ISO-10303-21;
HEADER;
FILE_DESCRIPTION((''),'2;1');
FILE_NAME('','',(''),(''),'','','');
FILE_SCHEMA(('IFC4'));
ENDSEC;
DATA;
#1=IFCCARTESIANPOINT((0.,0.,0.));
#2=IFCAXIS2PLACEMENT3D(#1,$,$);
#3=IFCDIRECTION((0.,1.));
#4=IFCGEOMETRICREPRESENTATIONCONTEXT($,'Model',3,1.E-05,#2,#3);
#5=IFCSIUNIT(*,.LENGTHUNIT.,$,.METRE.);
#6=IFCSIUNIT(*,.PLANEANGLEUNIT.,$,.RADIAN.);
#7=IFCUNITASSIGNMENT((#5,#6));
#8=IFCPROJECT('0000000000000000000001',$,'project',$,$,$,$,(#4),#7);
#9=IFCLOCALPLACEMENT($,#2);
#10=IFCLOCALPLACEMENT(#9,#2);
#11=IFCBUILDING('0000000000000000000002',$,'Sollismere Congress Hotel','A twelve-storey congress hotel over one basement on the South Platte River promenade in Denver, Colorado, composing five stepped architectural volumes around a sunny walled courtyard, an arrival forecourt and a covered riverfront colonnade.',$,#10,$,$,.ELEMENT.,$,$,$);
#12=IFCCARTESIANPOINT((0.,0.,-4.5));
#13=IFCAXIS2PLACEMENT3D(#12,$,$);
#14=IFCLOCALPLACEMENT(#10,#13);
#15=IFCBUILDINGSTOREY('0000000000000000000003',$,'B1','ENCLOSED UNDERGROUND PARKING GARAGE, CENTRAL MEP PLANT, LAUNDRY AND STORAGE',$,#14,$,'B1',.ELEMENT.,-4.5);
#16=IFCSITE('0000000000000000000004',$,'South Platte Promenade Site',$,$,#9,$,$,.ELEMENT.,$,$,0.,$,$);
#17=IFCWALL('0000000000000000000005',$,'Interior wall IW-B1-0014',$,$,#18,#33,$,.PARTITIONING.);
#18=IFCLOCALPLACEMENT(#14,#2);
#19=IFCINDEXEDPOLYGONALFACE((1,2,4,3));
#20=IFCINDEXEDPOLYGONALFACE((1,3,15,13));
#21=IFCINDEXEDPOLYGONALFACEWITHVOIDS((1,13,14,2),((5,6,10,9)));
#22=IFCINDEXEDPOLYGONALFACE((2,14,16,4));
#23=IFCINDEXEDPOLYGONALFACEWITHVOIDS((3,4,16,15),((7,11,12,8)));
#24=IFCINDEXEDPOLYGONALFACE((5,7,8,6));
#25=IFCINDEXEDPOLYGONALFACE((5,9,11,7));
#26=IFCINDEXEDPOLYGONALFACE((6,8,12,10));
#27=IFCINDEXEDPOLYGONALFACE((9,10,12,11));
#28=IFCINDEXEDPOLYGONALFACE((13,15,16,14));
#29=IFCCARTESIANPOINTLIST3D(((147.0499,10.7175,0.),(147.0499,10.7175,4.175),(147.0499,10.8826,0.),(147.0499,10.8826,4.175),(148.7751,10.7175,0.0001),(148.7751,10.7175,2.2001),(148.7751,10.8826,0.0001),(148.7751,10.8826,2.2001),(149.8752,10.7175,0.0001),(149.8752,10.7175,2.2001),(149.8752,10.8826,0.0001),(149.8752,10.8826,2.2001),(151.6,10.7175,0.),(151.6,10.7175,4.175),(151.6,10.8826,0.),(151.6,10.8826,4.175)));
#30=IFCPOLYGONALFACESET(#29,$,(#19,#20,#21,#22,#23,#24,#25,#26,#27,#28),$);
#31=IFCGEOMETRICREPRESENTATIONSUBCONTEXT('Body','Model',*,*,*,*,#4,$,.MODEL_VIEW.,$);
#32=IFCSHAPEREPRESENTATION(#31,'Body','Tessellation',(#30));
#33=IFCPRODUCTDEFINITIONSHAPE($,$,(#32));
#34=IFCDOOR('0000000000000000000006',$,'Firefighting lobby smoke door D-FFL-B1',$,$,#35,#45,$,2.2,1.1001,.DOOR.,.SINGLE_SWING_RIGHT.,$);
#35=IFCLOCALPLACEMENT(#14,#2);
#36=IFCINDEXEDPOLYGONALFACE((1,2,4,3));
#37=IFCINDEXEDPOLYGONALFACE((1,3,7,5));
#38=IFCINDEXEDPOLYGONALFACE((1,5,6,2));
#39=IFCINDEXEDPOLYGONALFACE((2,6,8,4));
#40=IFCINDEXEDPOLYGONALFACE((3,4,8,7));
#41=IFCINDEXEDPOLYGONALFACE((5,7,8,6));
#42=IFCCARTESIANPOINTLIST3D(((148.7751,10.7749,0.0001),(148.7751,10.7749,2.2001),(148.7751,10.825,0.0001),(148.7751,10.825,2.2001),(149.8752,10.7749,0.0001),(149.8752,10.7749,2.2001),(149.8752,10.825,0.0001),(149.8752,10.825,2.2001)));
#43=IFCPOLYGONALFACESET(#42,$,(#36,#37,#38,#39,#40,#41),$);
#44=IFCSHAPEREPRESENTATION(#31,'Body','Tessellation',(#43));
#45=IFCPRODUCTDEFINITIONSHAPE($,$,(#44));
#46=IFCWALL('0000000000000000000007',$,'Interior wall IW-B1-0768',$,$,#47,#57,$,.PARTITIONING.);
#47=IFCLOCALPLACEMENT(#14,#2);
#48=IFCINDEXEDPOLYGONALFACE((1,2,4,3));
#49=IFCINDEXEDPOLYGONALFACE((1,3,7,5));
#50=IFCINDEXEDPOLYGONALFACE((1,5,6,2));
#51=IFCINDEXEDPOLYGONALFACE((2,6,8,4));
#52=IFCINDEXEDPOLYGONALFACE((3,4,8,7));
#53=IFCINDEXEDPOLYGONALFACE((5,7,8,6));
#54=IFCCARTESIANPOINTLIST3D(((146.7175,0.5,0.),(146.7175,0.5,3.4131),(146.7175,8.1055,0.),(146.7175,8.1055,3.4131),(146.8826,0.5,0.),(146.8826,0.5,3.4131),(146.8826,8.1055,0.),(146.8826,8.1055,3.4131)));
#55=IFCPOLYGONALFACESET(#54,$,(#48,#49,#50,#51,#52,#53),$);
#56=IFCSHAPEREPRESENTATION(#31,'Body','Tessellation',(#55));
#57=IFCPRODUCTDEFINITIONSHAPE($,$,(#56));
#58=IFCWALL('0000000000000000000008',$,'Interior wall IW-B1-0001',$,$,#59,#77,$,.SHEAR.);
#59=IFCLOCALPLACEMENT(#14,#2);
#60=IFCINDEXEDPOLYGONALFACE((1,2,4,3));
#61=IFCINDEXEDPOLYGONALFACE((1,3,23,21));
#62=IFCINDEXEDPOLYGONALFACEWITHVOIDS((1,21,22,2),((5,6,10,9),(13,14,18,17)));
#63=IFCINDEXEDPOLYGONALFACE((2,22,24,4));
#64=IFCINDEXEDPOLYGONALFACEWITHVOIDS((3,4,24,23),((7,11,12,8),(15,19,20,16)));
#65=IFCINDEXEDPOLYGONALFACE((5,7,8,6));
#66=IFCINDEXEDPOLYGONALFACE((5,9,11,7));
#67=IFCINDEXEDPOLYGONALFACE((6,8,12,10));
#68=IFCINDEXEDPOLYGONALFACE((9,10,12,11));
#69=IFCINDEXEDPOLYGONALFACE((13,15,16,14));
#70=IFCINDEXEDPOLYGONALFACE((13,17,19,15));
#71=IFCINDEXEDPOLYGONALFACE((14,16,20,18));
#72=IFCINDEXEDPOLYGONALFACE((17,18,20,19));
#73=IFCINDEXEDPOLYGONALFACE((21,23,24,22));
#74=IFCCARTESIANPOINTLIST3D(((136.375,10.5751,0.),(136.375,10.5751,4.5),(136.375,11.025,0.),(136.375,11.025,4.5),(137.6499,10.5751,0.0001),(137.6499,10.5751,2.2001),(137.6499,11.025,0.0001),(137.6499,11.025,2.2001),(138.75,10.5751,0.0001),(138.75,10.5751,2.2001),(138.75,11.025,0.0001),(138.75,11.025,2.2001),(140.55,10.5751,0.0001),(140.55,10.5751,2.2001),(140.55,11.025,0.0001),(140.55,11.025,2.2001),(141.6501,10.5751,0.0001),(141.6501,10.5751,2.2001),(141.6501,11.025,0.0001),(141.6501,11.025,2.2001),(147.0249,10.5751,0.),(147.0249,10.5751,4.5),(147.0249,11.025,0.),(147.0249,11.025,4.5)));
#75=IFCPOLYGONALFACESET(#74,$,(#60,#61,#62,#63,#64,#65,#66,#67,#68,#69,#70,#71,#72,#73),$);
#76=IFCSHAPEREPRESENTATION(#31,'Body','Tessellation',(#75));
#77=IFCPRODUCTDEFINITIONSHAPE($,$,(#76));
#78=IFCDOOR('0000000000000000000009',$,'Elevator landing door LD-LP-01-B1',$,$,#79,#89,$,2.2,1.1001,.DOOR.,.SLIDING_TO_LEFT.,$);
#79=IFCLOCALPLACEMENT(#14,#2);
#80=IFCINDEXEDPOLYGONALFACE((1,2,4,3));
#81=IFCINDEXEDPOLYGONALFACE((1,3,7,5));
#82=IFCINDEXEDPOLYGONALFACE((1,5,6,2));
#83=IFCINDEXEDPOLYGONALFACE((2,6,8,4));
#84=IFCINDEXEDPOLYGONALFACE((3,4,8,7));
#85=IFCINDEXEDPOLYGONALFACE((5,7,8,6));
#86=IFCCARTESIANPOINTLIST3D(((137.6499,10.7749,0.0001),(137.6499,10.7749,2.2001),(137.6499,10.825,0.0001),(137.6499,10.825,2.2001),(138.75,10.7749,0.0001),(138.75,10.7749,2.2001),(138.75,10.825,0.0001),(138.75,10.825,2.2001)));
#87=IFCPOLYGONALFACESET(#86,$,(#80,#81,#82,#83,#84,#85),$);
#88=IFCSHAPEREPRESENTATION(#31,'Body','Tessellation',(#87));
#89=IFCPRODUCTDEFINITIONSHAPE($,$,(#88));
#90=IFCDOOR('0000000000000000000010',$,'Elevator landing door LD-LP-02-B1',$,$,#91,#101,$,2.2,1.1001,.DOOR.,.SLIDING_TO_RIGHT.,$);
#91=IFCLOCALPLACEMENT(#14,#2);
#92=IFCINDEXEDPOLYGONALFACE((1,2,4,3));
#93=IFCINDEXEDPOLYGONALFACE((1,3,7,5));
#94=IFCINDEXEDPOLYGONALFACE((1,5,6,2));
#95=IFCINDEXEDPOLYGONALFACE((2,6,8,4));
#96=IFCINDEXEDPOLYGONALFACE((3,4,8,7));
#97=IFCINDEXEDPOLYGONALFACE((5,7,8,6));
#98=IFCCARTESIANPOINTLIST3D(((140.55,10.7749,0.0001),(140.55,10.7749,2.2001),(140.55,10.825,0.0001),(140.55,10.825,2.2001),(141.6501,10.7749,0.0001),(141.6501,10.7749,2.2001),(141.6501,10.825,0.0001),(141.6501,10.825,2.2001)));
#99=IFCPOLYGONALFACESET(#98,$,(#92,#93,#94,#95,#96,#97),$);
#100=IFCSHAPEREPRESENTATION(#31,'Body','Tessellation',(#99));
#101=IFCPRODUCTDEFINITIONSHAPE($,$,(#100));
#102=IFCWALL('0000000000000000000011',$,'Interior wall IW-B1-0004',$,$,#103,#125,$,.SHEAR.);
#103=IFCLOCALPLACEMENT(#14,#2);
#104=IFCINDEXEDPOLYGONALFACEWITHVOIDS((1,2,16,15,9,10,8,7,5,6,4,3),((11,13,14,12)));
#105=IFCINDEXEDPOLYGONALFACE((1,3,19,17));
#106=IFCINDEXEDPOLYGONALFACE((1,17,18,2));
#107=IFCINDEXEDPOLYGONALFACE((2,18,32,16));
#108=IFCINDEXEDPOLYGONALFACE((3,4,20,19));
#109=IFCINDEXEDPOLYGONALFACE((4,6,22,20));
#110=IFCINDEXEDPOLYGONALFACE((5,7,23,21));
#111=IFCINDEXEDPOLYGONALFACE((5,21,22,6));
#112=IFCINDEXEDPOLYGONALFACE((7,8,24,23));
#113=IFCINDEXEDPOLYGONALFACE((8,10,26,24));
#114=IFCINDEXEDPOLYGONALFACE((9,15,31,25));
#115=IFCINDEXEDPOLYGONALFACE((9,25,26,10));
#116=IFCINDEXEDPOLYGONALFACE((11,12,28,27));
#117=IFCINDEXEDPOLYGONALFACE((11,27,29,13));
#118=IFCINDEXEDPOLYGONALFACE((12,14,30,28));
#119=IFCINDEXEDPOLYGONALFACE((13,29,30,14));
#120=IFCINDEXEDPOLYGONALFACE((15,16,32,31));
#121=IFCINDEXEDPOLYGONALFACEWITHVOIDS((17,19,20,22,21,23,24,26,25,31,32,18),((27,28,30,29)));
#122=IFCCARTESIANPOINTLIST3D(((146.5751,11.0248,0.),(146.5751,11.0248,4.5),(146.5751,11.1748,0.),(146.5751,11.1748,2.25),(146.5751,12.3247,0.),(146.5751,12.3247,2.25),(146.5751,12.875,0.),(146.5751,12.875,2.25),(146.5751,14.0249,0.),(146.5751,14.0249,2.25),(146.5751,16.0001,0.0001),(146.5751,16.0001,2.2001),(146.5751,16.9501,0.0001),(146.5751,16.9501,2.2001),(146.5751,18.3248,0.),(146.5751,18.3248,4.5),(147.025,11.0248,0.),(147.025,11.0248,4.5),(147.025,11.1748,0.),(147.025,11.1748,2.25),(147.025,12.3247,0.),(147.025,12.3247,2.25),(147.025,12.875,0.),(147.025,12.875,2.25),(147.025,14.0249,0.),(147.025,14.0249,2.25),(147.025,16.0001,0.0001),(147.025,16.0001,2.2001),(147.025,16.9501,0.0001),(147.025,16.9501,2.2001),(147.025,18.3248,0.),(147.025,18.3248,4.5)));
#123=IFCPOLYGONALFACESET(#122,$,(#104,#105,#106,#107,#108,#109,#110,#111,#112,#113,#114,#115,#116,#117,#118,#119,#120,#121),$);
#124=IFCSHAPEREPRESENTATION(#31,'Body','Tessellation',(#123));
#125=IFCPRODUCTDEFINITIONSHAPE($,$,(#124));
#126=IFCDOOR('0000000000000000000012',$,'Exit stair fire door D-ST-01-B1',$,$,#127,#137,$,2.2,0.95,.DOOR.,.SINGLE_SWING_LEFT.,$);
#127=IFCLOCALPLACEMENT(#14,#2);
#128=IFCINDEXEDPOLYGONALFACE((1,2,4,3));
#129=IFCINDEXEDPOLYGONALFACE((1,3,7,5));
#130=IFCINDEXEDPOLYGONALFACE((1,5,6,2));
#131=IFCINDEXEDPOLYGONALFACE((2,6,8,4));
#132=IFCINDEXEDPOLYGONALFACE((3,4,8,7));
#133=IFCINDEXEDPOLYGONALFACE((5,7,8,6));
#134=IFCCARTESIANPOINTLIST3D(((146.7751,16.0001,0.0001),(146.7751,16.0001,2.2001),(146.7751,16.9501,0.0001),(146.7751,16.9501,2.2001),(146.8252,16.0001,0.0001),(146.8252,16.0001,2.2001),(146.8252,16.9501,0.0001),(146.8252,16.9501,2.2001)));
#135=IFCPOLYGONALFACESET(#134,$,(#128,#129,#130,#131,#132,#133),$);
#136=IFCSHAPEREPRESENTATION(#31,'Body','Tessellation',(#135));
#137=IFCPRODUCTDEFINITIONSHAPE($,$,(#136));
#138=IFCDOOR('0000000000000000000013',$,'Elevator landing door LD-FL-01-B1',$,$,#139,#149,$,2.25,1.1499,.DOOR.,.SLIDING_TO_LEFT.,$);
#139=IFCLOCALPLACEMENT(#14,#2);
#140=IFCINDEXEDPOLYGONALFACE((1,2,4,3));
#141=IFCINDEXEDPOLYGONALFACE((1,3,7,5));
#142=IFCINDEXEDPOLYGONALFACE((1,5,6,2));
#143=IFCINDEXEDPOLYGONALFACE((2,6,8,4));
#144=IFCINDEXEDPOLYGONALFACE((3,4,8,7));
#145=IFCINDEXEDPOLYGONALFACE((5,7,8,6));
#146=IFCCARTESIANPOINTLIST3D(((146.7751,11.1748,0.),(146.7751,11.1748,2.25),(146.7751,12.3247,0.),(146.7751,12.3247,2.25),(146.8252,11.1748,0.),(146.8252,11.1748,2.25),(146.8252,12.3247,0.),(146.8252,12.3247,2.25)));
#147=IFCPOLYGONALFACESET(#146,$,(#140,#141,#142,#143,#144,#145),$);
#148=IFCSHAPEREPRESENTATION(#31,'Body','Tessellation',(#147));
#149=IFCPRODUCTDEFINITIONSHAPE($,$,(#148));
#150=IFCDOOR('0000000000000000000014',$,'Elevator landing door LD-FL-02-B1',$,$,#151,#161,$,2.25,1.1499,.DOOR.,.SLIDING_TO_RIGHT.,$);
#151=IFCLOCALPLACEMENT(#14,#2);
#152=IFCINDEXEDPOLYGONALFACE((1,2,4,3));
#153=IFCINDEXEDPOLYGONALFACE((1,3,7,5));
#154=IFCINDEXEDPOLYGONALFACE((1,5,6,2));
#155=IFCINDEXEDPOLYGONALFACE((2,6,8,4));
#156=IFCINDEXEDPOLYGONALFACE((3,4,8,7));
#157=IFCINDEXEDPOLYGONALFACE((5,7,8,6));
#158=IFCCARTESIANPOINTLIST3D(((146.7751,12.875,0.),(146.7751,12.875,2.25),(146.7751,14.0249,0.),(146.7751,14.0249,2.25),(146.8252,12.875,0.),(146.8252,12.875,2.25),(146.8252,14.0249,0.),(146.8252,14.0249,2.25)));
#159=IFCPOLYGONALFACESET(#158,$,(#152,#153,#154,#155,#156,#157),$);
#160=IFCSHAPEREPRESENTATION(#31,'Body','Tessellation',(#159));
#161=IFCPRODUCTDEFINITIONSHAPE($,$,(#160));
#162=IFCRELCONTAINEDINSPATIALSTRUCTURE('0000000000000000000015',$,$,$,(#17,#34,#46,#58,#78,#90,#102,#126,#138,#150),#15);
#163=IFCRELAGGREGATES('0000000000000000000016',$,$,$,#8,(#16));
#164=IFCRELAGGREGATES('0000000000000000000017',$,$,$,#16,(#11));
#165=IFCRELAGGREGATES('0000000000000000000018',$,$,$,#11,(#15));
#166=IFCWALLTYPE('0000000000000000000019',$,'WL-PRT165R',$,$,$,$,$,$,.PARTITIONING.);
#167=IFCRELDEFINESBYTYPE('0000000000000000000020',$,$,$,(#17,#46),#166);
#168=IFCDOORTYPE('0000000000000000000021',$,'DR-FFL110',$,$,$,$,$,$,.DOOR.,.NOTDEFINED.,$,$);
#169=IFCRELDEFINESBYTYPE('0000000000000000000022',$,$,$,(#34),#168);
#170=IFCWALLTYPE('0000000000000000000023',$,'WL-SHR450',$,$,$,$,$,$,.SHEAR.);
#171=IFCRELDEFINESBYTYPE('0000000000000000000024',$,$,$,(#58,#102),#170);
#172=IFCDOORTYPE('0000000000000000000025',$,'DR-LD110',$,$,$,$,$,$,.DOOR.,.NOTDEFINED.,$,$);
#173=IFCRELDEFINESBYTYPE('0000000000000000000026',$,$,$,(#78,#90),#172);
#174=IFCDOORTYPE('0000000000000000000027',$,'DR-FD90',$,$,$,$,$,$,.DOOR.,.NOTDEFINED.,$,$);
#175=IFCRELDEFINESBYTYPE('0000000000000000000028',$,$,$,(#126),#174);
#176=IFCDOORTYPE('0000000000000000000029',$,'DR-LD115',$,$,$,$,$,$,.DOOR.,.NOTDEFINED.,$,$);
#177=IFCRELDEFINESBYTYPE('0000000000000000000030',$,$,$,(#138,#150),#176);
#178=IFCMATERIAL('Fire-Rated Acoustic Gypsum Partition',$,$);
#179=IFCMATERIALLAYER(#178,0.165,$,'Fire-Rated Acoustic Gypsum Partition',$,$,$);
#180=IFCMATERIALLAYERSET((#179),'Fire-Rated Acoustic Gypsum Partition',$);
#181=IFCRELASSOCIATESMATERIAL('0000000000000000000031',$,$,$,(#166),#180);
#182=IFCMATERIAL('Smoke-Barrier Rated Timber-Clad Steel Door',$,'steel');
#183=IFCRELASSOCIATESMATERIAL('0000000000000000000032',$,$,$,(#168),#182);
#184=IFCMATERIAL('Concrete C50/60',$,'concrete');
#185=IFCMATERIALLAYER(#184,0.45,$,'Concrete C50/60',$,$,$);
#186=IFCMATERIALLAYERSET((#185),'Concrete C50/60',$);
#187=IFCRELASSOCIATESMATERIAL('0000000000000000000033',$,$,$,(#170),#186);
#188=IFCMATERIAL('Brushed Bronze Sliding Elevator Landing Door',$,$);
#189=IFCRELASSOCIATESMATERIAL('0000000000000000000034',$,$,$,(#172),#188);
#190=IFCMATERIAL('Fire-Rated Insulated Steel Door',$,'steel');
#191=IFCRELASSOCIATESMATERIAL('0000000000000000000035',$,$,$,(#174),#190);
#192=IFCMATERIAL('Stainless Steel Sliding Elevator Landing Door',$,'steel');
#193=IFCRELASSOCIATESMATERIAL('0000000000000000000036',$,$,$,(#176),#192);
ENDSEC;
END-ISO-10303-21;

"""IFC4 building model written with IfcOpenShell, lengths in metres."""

from ifc_helpers import new_model, si_unit, direction, frame, frame_2d, origin, place, context, subcontext, project, spatial, rectangle, extrude, material, layer, layer_set, type_object, element, fill, save


model = new_model("IFC4")

# Units and contexts
model_context = context("Model", 3, precision=1e-05, world=origin(), true_north=direction((0.0, 1.0)))
body_context = subcontext(model_context, "Body", "Model", "MODEL_VIEW")
ifc_project = project(units=[si_unit("LENGTHUNIT", "METRE"), si_unit("PLANEANGLEUNIT", "RADIAN")], contexts=[model_context])

# Site, building, storey
site_placement = place(None, origin())
site = spatial("IfcSite", under=ifc_project, at=site_placement, Name="South Platte Promenade Site", CompositionType="ELEMENT", RefElevation=0.0)
building_placement = place(site_placement, origin())
building = spatial("IfcBuilding", under=site, at=building_placement, Name="Sollismere Congress Hotel", Description="A twelve-storey congress hotel over one basement on the South Platte River promenade in Denver, Colorado, composing five stepped architectural volumes around a sunny walled courtyard, an arrival forecourt and a covered riverfront colonnade.", CompositionType="ELEMENT")
storey_placement = place(building_placement, frame((0.0, 0.0, -4.5)))
storey = spatial("IfcBuildingStorey", under=building, at=storey_placement, Name="B1", Description="ENCLOSED UNDERGROUND PARKING GARAGE, CENTRAL MEP PLANT, LAUNDRY AND STORAGE", LongName="B1", CompositionType="ELEMENT", Elevation=-4.5)

# Shared definitions
ifc_material_1 = material(Name="Concrete C50/60", Category="concrete")

# Wall, opening, door
ifc_material_2 = material(Name="Fire-Rated Acoustic Gypsum Partition")
ifc_layer_1 = layer(ifc_material_2, 0.165, Name="Fire-Rated Acoustic Gypsum Partition")
ifc_layer_set_1 = layer_set([ifc_layer_1], Name="Fire-Rated Acoustic Gypsum Partition")
wall_type_1 = type_object("IfcWallType", Name="WL-PRT165R", PredefinedType="PARTITIONING", material=ifc_layer_set_1)
wall_1_placement = place(storey_placement, frame((147.05, 10.8, 0.0), z_axis=(0.0, 0.0, 1.0), x_axis=(1.0, 0.0, 0.0)))
wall_1 = element("IfcWall", 1, at=wall_1_placement, inside=storey, type_object=wall_type_1, Name="Interior wall IW-B1-0014", PredefinedType="PARTITIONING", context=body_context, shape_type="SweptSolid", body=[
    extrude(rectangle(XDim=4.55, YDim=0.165, at=frame_2d((2.2749, 0.0))), origin(), (0.0, 0.0, 1.0), 4.175),
])
opening_1_placement = place(wall_1_placement, frame((1.7251, 0.0, 0.0)))
opening_1 = element("IfcOpeningElement", 2, at=opening_1_placement, cuts=wall_1, PredefinedType="OPENING", context=body_context, shape_type="SweptSolid", body=[
    extrude(rectangle(XDim=1.1001, YDim=2.2, at=frame_2d((0.55, 1.1001))), frame((0.0, 0.0925, 0.0), z_axis=(0.0, -1.0, 0.0), x_axis=(1.0, 0.0, 0.0)), (0.0, 0.0, 1.0), 0.1851),
])
ifc_material_3 = material(Name="Smoke-Barrier Rated Timber-Clad Steel Door", Category="steel")
door_type_1 = type_object("IfcDoorType", Name="DR-FFL110", OperationType="NOTDEFINED", PredefinedType="DOOR", material=ifc_material_3)
door_1_placement = place(opening_1_placement, origin())
door_1 = element("IfcDoor", 3, at=door_1_placement, inside=storey, type_object=door_type_1, Name="Firefighting lobby smoke door D-FFL-B1", OperationType="SINGLE_SWING_RIGHT", OverallHeight=2.2, OverallWidth=1.1001, PredefinedType="DOOR", context=body_context, shape_type="SweptSolid", body=[
    extrude(rectangle(XDim=1.1001, YDim=2.2, at=frame_2d((0.55, 1.1001))), frame((0.0, 0.0249, 0.0), z_axis=(0.0, -1.0, 0.0), x_axis=(1.0, 0.0, 0.0)), (0.0, 0.0, 1.0), 0.05),
])
fill(opening_1, door_1)

# Wall
wall_2_placement = place(storey_placement, frame((146.8, 0.5, 0.0), z_axis=(0.0, 0.0, 1.0), x_axis=(0.0, 1.0, 0.0)))
element("IfcWall", 4, at=wall_2_placement, inside=storey, type_object=wall_type_1, Name="Interior wall IW-B1-0768", PredefinedType="PARTITIONING", context=body_context, shape_type="SweptSolid", body=[
    extrude(rectangle(XDim=7.6055, YDim=0.165, at=frame_2d((3.8027, 0.0))), origin(), (0.0, 0.0, 1.0), 3.4131),
])

# Walls, openings, doors
ifc_layer_2 = layer(ifc_material_1, 0.45, Name="Concrete C50/60")
ifc_layer_set_2 = layer_set([ifc_layer_2], Name="Concrete C50/60")
wall_type_2 = type_object("IfcWallType", Name="WL-SHR450", PredefinedType="SHEAR", material=ifc_layer_set_2)
wall_3_placement = place(storey_placement, frame((136.375, 10.8, 0.0), z_axis=(0.0, 0.0, 1.0), x_axis=(1.0, 0.0, 0.0)))
wall_3 = element("IfcWall", 5, at=wall_3_placement, inside=storey, type_object=wall_type_2, Name="Interior wall IW-B1-0001", PredefinedType="SHEAR", context=body_context, shape_type="SweptSolid", body=[
    extrude(rectangle(XDim=10.6499, YDim=0.45, at=frame_2d((5.325, 0.0))), origin(), (0.0, 0.0, 1.0), 4.5),
])
opening_2_placement = place(wall_3_placement, frame((1.2749, 0.0, 0.0)))
opening_2 = element("IfcOpeningElement", 6, at=opening_2_placement, cuts=wall_3, PredefinedType="OPENING", context=body_context, shape_type="SweptSolid", body=[
    extrude(rectangle(XDim=1.1001, YDim=2.2, at=frame_2d((0.55, 1.1001))), frame((0.0, 0.2349, 0.0), z_axis=(0.0, -1.0, 0.0), x_axis=(1.0, 0.0, 0.0)), (0.0, 0.0, 1.0), 0.47),
])
opening_3_placement = place(wall_3_placement, frame((4.175, 0.0, 0.0)))
opening_3 = element("IfcOpeningElement", 7, at=opening_3_placement, cuts=wall_3, PredefinedType="OPENING", context=body_context, shape_type="SweptSolid", body=[
    extrude(rectangle(XDim=1.1001, YDim=2.2, at=frame_2d((0.55, 1.1001))), frame((0.0, 0.2349, 0.0), z_axis=(0.0, -1.0, 0.0), x_axis=(1.0, 0.0, 0.0)), (0.0, 0.0, 1.0), 0.47),
])
ifc_material_4 = material(Name="Brushed Bronze Sliding Elevator Landing Door")
door_type_2 = type_object("IfcDoorType", Name="DR-LD110", OperationType="NOTDEFINED", PredefinedType="DOOR", material=ifc_material_4)
door_2_placement = place(opening_2_placement, origin())
door_2 = element("IfcDoor", 8, at=door_2_placement, inside=storey, type_object=door_type_2, Name="Elevator landing door LD-LP-01-B1", OperationType="SLIDING_TO_LEFT", OverallHeight=2.2, OverallWidth=1.1001, PredefinedType="DOOR", context=body_context, shape_type="SweptSolid", body=[
    extrude(rectangle(XDim=1.1001, YDim=2.2, at=frame_2d((0.55, 1.1001))), frame((0.0, 0.0249, 0.0), z_axis=(0.0, -1.0, 0.0), x_axis=(1.0, 0.0, 0.0)), (0.0, 0.0, 1.0), 0.05),
])
fill(opening_2, door_2)
door_3_placement = place(opening_3_placement, origin())
door_3 = element("IfcDoor", 9, at=door_3_placement, inside=storey, type_object=door_type_2, Name="Elevator landing door LD-LP-02-B1", OperationType="SLIDING_TO_RIGHT", OverallHeight=2.2, OverallWidth=1.1001, PredefinedType="DOOR", context=body_context, shape_type="SweptSolid", body=[
    extrude(rectangle(XDim=1.1001, YDim=2.2, at=frame_2d((0.55, 1.1001))), frame((0.0, 0.0249, 0.0), z_axis=(0.0, -1.0, 0.0), x_axis=(1.0, 0.0, 0.0)), (0.0, 0.0, 1.0), 0.05),
])
fill(opening_3, door_3)
wall_4_placement = place(storey_placement, frame((146.8, 11.0249, 0.0), z_axis=(0.0, 0.0, 1.0), x_axis=(0.0, 1.0, 0.0)))
wall_4 = element("IfcWall", 10, at=wall_4_placement, inside=storey, type_object=wall_type_2, Name="Interior wall IW-B1-0004", PredefinedType="SHEAR", context=body_context, shape_type="SweptSolid", body=[
    extrude(rectangle(XDim=7.3, YDim=0.45, at=frame_2d((3.6499, 0.0))), origin(), (0.0, 0.0, 1.0), 4.5),
])
opening_4_placement = place(wall_4_placement, frame((4.9751, 0.0, 0.0)))
opening_4 = element("IfcOpeningElement", 11, at=opening_4_placement, cuts=wall_4, PredefinedType="OPENING", context=body_context, shape_type="SweptSolid", body=[
    extrude(rectangle(XDim=0.95, YDim=2.2, at=frame_2d((0.4751, 1.1001))), frame((0.0, 0.2349, 0.0), z_axis=(0.0, -1.0, 0.0), x_axis=(1.0, 0.0, 0.0)), (0.0, 0.0, 1.0), 0.47),
])
opening_5_placement = place(wall_4_placement, frame((0.1499, 0.0, 0.0)))
opening_5 = element("IfcOpeningElement", 12, at=opening_5_placement, cuts=wall_4, PredefinedType="OPENING", context=body_context, shape_type="SweptSolid", body=[
    extrude(rectangle(XDim=1.1499, YDim=2.25, at=frame_2d((0.575, 1.125))), frame((0.0, 0.2349, 0.0), z_axis=(0.0, -1.0, 0.0), x_axis=(1.0, 0.0, 0.0)), (0.0, 0.0, 1.0), 0.47),
])
opening_6_placement = place(wall_4_placement, frame((1.8501, 0.0, 0.0)))
opening_6 = element("IfcOpeningElement", 13, at=opening_6_placement, cuts=wall_4, PredefinedType="OPENING", context=body_context, shape_type="SweptSolid", body=[
    extrude(rectangle(XDim=1.1499, YDim=2.25, at=frame_2d((0.575, 1.125))), frame((0.0, 0.2349, 0.0), z_axis=(0.0, -1.0, 0.0), x_axis=(1.0, 0.0, 0.0)), (0.0, 0.0, 1.0), 0.47),
])
ifc_material_5 = material(Name="Fire-Rated Insulated Steel Door", Category="steel")
door_type_3 = type_object("IfcDoorType", Name="DR-FD90", OperationType="NOTDEFINED", PredefinedType="DOOR", material=ifc_material_5)
door_4_placement = place(opening_4_placement, origin())
door_4 = element("IfcDoor", 14, at=door_4_placement, inside=storey, type_object=door_type_3, Name="Exit stair fire door D-ST-01-B1", OperationType="SINGLE_SWING_LEFT", OverallHeight=2.2, OverallWidth=0.95, PredefinedType="DOOR", context=body_context, shape_type="SweptSolid", body=[
    extrude(rectangle(XDim=0.95, YDim=2.2, at=frame_2d((0.4751, 1.1001))), frame((0.0, 0.0249, 0.0), z_axis=(0.0, -1.0, 0.0), x_axis=(1.0, 0.0, 0.0)), (0.0, 0.0, 1.0), 0.05),
])
fill(opening_4, door_4)
ifc_material_6 = material(Name="Stainless Steel Sliding Elevator Landing Door", Category="steel")
door_type_4 = type_object("IfcDoorType", Name="DR-LD115", OperationType="NOTDEFINED", PredefinedType="DOOR", material=ifc_material_6)
door_5_placement = place(opening_5_placement, origin())
door_5 = element("IfcDoor", 15, at=door_5_placement, inside=storey, type_object=door_type_4, Name="Elevator landing door LD-FL-01-B1", OperationType="SLIDING_TO_LEFT", OverallHeight=2.25, OverallWidth=1.1499, PredefinedType="DOOR", context=body_context, shape_type="SweptSolid", body=[
    extrude(rectangle(XDim=1.1499, YDim=2.25, at=frame_2d((0.575, 1.125))), frame((0.0, 0.0249, 0.0), z_axis=(0.0, -1.0, 0.0), x_axis=(1.0, 0.0, 0.0)), (0.0, 0.0, 1.0), 0.05),
])
fill(opening_5, door_5)
door_6_placement = place(opening_6_placement, origin())
door_6 = element("IfcDoor", 16, at=door_6_placement, inside=storey, type_object=door_type_4, Name="Elevator landing door LD-FL-02-B1", OperationType="SLIDING_TO_RIGHT", OverallHeight=2.25, OverallWidth=1.1499, PredefinedType="DOOR", context=body_context, shape_type="SweptSolid", body=[
    extrude(rectangle(XDim=1.1499, YDim=2.25, at=frame_2d((0.575, 1.125))), frame((0.0, 0.0249, 0.0), z_axis=(0.0, -1.0, 0.0), x_axis=(1.0, 0.0, 0.0)), (0.0, 0.0, 1.0), 0.05),
])
fill(opening_6, door_6)

save(model, "model.ifc")
